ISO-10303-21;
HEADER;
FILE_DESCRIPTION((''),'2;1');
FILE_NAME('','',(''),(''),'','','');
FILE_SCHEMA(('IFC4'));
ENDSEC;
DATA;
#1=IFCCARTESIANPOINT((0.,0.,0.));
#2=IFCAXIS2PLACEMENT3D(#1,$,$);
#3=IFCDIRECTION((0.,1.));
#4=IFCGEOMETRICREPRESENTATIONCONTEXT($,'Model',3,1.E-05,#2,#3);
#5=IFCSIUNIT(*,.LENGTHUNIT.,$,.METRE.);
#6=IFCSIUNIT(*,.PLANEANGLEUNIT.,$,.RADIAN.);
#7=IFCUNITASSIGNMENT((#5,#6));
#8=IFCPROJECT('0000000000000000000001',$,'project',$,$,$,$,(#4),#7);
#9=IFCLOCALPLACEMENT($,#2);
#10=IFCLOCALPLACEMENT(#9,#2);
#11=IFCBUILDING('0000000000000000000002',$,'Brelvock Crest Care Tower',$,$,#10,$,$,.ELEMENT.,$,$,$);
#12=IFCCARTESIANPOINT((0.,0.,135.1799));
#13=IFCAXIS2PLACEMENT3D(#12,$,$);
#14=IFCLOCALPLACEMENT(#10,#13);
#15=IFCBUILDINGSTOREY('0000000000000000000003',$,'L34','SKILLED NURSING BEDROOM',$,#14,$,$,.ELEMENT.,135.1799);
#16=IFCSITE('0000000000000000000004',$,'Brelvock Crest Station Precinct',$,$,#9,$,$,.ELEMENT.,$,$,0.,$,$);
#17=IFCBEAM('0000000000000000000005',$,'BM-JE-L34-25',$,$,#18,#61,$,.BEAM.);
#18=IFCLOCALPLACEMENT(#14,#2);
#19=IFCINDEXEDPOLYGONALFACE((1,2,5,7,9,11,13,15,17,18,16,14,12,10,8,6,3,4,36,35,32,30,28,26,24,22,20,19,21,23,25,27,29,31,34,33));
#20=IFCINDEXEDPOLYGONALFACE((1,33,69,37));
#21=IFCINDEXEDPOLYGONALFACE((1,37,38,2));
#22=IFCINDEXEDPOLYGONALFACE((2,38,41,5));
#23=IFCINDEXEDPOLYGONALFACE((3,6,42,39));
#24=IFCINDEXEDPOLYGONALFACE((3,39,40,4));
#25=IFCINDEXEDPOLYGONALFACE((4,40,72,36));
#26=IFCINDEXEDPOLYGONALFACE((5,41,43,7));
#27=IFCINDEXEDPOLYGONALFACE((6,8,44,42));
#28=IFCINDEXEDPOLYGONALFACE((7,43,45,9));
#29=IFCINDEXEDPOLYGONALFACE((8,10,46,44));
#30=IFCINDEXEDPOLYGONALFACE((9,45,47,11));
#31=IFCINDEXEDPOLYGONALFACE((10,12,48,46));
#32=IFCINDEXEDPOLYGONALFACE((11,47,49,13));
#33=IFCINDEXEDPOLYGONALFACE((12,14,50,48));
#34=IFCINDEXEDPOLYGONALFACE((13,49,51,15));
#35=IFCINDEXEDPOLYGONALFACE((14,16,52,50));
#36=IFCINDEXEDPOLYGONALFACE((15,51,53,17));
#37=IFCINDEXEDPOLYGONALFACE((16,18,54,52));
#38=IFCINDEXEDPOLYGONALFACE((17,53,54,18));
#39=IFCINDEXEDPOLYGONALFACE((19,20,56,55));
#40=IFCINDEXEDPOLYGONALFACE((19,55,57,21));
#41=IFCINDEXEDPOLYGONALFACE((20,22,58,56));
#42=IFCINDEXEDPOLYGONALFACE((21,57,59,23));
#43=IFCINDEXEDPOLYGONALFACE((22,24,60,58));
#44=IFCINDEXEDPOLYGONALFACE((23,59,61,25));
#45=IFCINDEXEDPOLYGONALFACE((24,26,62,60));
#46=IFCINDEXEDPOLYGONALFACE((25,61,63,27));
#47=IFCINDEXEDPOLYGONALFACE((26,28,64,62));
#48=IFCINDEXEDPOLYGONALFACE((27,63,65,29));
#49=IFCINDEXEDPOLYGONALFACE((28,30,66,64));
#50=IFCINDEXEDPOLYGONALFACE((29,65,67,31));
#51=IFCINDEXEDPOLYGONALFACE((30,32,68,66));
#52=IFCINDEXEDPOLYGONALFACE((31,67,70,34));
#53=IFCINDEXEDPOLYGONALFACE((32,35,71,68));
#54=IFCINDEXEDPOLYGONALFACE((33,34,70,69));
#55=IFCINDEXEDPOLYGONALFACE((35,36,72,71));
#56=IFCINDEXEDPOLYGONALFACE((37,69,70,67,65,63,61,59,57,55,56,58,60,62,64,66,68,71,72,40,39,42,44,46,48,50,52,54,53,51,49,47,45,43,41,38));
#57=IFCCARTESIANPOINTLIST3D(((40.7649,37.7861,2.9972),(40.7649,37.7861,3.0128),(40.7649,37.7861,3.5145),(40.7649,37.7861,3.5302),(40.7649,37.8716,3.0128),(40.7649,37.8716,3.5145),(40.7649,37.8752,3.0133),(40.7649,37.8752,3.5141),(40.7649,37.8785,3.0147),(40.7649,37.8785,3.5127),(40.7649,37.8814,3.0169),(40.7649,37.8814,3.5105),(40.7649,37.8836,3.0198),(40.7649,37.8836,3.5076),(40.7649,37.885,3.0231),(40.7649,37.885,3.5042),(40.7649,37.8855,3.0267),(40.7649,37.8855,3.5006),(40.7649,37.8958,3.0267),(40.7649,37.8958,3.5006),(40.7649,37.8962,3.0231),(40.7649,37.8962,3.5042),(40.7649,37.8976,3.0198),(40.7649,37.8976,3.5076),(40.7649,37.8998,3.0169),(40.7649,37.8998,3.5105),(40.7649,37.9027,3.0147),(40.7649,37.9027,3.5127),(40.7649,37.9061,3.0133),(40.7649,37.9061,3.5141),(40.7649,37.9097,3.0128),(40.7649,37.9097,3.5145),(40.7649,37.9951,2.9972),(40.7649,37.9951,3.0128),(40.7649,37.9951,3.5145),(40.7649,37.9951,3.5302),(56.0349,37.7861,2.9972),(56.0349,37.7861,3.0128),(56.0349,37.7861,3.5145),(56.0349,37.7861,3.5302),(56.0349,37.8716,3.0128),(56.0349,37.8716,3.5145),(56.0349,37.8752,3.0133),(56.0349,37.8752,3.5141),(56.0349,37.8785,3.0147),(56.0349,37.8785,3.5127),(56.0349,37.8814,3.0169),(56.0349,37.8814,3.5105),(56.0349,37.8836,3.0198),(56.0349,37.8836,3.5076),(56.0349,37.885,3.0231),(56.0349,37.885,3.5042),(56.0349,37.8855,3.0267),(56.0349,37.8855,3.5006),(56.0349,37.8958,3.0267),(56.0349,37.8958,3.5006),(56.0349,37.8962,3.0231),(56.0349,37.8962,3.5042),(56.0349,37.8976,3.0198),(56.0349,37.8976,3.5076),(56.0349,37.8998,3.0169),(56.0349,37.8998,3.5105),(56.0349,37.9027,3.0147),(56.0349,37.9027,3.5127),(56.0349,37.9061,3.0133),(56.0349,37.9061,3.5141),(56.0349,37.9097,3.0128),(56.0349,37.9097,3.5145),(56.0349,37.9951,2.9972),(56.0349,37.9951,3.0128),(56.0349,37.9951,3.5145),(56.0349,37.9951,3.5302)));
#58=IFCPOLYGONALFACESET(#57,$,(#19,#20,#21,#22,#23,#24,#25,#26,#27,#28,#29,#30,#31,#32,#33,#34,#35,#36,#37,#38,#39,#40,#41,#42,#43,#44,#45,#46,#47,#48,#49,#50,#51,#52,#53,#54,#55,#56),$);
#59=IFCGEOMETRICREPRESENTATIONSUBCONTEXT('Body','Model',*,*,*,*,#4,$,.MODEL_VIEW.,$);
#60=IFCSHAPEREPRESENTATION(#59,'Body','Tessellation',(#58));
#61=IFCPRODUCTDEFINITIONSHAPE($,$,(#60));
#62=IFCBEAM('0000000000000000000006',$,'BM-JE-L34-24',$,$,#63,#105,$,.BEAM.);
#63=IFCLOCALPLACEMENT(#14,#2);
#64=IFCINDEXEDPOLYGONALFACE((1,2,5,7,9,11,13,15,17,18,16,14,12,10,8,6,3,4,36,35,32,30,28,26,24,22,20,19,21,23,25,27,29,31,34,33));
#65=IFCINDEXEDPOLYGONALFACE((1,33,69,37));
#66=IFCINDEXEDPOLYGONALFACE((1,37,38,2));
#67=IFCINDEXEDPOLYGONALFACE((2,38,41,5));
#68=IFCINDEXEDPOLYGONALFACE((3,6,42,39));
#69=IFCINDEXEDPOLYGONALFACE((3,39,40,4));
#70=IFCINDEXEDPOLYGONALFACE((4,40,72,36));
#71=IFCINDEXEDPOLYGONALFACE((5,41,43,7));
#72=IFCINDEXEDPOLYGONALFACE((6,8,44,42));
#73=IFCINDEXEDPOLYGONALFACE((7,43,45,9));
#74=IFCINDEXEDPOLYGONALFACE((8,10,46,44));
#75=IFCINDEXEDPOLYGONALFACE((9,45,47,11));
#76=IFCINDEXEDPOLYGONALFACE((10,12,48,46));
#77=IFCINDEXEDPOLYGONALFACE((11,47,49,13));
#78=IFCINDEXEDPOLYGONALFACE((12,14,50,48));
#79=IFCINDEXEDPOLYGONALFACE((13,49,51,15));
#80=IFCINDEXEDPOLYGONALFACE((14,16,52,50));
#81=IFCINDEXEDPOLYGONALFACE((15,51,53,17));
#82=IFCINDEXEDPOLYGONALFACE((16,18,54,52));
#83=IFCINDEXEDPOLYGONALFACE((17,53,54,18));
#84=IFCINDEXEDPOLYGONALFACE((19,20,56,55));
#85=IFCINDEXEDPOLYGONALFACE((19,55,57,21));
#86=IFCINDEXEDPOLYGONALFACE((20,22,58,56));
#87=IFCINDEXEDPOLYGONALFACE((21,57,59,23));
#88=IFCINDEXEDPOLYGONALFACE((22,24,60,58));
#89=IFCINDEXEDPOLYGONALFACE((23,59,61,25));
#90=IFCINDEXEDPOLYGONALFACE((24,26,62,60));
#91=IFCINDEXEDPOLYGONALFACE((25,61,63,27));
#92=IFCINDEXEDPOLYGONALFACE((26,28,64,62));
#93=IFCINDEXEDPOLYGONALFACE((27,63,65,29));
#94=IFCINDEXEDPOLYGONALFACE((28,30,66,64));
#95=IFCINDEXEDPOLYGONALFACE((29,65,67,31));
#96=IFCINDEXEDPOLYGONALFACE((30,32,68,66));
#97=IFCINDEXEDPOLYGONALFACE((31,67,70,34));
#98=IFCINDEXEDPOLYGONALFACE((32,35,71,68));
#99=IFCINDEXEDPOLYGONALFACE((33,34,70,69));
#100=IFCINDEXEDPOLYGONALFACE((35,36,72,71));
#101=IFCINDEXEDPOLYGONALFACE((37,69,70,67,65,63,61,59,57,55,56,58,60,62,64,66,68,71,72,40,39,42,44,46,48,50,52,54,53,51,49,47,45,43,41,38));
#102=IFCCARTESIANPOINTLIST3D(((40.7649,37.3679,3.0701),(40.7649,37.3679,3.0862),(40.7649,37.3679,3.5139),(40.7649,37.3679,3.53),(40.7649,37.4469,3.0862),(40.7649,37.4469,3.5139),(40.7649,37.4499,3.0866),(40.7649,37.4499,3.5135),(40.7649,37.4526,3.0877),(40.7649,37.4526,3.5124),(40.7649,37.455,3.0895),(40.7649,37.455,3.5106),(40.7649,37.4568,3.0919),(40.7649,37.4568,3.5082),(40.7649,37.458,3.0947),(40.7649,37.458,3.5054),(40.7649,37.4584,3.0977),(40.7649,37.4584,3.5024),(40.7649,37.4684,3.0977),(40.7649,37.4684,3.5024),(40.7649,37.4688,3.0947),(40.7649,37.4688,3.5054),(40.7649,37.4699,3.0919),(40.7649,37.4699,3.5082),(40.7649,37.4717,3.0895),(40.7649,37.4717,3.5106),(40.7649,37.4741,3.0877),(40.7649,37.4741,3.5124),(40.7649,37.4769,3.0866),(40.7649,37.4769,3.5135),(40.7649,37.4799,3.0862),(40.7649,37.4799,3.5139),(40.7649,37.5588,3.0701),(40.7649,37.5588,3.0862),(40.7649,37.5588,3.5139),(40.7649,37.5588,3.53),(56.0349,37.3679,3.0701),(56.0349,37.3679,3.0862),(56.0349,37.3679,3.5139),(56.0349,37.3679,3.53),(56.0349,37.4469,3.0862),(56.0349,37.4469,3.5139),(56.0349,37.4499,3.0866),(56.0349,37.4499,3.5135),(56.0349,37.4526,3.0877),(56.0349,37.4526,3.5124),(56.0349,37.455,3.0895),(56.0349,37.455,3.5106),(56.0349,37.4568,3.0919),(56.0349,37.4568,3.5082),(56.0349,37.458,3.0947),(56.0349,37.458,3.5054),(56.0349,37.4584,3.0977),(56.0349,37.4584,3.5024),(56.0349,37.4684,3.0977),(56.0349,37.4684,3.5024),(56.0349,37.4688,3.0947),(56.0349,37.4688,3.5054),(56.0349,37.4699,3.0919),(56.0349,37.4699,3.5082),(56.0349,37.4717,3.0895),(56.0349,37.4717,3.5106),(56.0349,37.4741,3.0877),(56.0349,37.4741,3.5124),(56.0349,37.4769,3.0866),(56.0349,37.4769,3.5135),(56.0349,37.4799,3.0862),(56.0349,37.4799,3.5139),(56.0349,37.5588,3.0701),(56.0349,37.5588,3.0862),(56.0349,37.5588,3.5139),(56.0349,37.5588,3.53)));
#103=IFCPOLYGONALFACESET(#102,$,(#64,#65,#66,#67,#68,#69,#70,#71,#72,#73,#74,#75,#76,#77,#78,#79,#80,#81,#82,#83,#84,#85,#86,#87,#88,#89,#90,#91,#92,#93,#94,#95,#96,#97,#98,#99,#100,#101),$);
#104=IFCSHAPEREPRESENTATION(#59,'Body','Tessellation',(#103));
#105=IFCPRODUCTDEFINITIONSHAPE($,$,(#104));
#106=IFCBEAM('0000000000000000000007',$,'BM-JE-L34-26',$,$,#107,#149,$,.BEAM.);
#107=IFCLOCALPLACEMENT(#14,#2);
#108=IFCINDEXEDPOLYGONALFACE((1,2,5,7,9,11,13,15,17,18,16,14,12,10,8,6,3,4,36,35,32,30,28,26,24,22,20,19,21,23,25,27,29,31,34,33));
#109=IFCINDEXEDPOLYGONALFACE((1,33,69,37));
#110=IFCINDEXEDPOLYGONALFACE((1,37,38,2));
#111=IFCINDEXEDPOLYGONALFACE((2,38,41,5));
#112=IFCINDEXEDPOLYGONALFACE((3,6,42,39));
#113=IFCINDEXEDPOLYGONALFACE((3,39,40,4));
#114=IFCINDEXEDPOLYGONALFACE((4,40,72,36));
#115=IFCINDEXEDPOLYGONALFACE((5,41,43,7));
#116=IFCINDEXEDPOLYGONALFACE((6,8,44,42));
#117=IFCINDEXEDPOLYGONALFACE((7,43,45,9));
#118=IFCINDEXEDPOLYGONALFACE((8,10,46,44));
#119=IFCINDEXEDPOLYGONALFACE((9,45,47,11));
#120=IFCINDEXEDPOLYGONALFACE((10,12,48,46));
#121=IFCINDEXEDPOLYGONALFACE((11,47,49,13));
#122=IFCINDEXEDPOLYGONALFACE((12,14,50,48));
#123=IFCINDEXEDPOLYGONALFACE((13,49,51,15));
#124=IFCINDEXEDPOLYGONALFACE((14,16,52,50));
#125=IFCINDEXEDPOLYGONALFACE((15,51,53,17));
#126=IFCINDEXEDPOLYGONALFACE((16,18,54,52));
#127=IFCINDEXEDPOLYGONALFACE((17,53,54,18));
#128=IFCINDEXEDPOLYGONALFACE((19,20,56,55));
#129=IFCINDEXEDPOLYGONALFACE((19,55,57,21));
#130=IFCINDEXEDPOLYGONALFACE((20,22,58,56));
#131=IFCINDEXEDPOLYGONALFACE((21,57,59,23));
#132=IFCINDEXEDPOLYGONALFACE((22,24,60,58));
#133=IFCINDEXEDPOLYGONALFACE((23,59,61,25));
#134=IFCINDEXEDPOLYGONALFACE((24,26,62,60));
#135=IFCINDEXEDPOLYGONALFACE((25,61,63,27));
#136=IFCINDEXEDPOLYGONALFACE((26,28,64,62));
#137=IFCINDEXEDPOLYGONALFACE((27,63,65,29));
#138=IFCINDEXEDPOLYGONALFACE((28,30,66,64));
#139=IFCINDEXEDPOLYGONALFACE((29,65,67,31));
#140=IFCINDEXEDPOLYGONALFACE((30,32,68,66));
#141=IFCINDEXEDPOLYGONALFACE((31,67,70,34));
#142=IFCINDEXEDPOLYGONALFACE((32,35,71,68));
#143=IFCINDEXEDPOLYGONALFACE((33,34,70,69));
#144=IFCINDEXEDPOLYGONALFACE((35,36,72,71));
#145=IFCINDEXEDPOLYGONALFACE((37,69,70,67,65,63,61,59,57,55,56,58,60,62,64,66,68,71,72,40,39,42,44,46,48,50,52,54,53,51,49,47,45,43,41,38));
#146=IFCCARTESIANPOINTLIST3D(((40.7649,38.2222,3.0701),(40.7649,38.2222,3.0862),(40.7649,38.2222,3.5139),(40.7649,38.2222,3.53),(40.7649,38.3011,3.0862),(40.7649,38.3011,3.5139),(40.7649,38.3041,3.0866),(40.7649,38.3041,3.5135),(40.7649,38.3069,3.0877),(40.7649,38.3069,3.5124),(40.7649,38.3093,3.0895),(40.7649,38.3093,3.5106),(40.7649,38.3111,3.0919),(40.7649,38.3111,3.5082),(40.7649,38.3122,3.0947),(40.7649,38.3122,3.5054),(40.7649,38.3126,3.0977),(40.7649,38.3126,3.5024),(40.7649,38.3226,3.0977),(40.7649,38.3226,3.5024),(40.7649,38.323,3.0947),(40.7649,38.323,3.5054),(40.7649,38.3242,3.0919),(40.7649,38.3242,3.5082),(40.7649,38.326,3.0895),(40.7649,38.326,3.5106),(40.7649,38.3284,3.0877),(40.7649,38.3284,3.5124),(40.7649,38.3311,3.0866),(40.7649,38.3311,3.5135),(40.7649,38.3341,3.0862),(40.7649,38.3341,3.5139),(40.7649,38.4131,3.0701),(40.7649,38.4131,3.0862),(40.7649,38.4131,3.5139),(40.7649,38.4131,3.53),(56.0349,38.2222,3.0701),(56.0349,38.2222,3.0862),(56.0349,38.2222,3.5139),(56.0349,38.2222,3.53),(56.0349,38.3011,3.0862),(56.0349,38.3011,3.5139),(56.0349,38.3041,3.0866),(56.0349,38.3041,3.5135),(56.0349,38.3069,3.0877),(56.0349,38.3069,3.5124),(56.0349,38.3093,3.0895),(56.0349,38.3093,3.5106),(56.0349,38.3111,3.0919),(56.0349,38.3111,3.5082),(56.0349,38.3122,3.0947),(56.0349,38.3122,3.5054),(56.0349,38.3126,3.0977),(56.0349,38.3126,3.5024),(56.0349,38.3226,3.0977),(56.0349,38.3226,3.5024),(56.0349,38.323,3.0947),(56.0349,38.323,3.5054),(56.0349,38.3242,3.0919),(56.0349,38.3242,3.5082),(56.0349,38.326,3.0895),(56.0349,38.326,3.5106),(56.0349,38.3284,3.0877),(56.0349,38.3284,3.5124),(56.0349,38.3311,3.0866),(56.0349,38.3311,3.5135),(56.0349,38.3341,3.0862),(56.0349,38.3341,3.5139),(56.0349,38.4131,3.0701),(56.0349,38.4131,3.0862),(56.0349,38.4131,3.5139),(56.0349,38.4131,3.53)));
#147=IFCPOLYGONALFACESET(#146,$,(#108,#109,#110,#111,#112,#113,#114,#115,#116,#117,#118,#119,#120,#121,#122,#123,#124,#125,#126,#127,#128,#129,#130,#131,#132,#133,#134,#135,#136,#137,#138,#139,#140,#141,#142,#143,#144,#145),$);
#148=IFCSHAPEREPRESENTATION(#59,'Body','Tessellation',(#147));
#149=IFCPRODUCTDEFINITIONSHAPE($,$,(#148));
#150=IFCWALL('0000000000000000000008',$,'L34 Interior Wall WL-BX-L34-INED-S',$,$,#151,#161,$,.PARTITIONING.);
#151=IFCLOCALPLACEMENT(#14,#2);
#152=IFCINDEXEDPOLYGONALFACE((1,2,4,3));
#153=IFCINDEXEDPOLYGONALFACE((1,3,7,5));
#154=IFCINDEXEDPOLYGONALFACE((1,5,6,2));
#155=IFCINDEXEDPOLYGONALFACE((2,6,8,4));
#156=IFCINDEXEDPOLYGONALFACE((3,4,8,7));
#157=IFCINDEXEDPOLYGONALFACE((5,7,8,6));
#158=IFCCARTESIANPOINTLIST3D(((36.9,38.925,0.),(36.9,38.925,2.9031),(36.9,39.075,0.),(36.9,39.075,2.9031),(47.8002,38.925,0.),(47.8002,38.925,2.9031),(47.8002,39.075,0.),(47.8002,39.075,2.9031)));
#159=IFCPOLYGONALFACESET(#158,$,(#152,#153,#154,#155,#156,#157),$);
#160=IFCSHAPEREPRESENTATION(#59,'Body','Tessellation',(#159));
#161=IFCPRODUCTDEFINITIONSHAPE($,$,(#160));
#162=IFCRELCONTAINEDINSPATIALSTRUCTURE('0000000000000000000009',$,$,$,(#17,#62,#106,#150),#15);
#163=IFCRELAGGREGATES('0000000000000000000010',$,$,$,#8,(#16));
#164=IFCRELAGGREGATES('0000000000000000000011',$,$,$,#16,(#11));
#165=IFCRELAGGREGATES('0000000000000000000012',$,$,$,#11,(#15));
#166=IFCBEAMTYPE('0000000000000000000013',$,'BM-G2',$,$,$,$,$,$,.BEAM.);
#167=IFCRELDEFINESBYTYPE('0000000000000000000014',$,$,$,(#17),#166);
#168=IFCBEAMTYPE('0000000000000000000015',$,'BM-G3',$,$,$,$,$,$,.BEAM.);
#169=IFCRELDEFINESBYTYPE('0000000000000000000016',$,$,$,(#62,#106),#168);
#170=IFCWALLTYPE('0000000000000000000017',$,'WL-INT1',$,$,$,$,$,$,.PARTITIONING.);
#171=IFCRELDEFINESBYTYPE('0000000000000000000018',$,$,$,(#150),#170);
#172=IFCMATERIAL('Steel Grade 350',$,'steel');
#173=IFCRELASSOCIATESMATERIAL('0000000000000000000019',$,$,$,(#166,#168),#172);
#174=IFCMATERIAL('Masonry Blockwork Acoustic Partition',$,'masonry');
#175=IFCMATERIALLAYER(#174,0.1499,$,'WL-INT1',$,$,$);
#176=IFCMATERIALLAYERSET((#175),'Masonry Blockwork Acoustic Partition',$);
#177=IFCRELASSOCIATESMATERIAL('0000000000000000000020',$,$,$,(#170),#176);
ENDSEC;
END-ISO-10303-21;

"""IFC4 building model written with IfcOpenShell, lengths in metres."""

from ifc_helpers import new_model, si_unit, direction, frame, frame_2d, origin, origin_2d, place, context, subcontext, project, spatial, rectangle, i_section, extrude, source, transform, mapped, material, layer, layer_set, material_profile, profile_set, type_object, element, save


model = new_model("IFC4")

# Units and contexts
model_context = context("Model", 3, precision=1e-05, world=origin(), true_north=direction((0.0, 1.0)))
body_context = subcontext(model_context, "Body", "Model", "MODEL_VIEW")
ifc_project = project(units=[si_unit("LENGTHUNIT", "METRE"), si_unit("PLANEANGLEUNIT", "RADIAN")], contexts=[model_context])

# Site, building, storey
site_placement = place(None, origin())
site = spatial("IfcSite", under=ifc_project, at=site_placement, Name="Brelvock Crest Station Precinct", CompositionType="ELEMENT", RefElevation=0.0)
building_placement = place(site_placement, origin())
building = spatial("IfcBuilding", under=site, at=building_placement, Name="Brelvock Crest Care Tower", CompositionType="ELEMENT")
storey_placement = place(building_placement, frame((0.0, 0.0, 135.1799)))
storey = spatial("IfcBuildingStorey", under=building, at=storey_placement, Name="L34", Description="SKILLED NURSING BEDROOM", CompositionType="ELEMENT", Elevation=135.1799)

# Beams
ifc_material_1 = material(Name="Steel Grade 350", Category="steel")
ifc_material_profile_1 = material_profile(ifc_material_1, i_section(OverallWidth=0.209, OverallDepth=0.533, WebThickness=0.0103, FlangeThickness=0.0156, FilletRadius=0.0139, at=origin_2d()), Name="530UB92.4")
ifc_profile_set_1 = profile_set([ifc_material_profile_1], Name="Steel Grade 350")
beam_type_1 = type_object("IfcBeamType", Name="BM-G2", PredefinedType="BEAM", material=ifc_profile_set_1)
shared_shape_1 = source(origin(), body_context, "Body", "SweptSolid", [
    extrude(i_section(OverallWidth=0.209, OverallDepth=0.533, WebThickness=0.0103, FlangeThickness=0.0156, FilletRadius=0.0139, at=origin_2d()), origin(), (0.0, 0.0, 1.0), 15.27),
])
for number, where, z_axis, x_axis, name in (
    (1, (40.7649, 37.8906, 3.2637), (1.0, 0.0, 0.0), (0.0, 1.0, 0.0), "BM-JE-L34-25"),
):
    element("IfcBeam", number, at=place(storey_placement, frame(where, z_axis=z_axis, x_axis=x_axis)), inside=storey, type_object=beam_type_1, Name=name, PredefinedType="BEAM", context=body_context, shape_type="MappedRepresentation", body=[
        mapped(shared_shape_1, transform((0.0, 0.0, 0.0), x_axis=(1.0, 0.0, 0.0), y_axis=(0.0, 1.0, 0.0), z_axis=(0.0, 0.0, 1.0), scale=1.0)),
    ])
ifc_material_profile_2 = material_profile(ifc_material_1, i_section(OverallWidth=0.1909, OverallDepth=0.46, WebThickness=0.01, FlangeThickness=0.0161, FilletRadius=0.0115, at=origin_2d()), Name="460UB82.1")
ifc_profile_set_2 = profile_set([ifc_material_profile_2], Name="Steel Grade 350")
beam_type_2 = type_object("IfcBeamType", Name="BM-G3", PredefinedType="BEAM", material=ifc_profile_set_2)
shared_shape_2 = source(origin(), body_context, "Body", "SweptSolid", [
    extrude(i_section(OverallWidth=0.1909, OverallDepth=0.46, WebThickness=0.01, FlangeThickness=0.0161, FilletRadius=0.0115, at=origin_2d()), origin(), (0.0, 0.0, 1.0), 15.27),
])
for number, where, z_axis, x_axis, name in (
    (2, (40.7649, 37.4634, 3.3), (1.0, 0.0, 0.0), (0.0, 1.0, 0.0), "BM-JE-L34-24"),
    (3, (40.7649, 38.3176, 3.3), (1.0, 0.0, 0.0), (0.0, 1.0, 0.0), "BM-JE-L34-26"),
):
    element("IfcBeam", number, at=place(storey_placement, frame(where, z_axis=z_axis, x_axis=x_axis)), inside=storey, type_object=beam_type_2, Name=name, PredefinedType="BEAM", context=body_context, shape_type="MappedRepresentation", body=[
        mapped(shared_shape_2, transform((0.0, 0.0, 0.0), x_axis=(1.0, 0.0, 0.0), y_axis=(0.0, 1.0, 0.0), z_axis=(0.0, 0.0, 1.0), scale=1.0)),
    ])

# Wall
ifc_material_2 = material(Name="Masonry Blockwork Acoustic Partition", Category="masonry")
ifc_layer = layer(ifc_material_2, 0.1499, Name="WL-INT1")
ifc_layer_set = layer_set([ifc_layer], Name="Masonry Blockwork Acoustic Partition")
wall_type = type_object("IfcWallType", Name="WL-INT1", PredefinedType="PARTITIONING", material=ifc_layer_set)
wall_1_placement = place(storey_placement, frame((36.8999, 39.0, 0.0), z_axis=(0.0, 0.0, 1.0), x_axis=(1.0, 0.0, 0.0)))
element("IfcWall", 4, at=wall_1_placement, inside=storey, type_object=wall_type, Name="L34 Interior Wall WL-BX-L34-INED-S", PredefinedType="PARTITIONING", context=body_context, shape_type="SweptSolid", body=[
    extrude(rectangle(XDim=10.9001, YDim=0.1499, at=frame_2d((5.4502, 0.0))), origin(), (0.0, 0.0, 1.0), 2.9031),
])

save(model, "model.ifc")
